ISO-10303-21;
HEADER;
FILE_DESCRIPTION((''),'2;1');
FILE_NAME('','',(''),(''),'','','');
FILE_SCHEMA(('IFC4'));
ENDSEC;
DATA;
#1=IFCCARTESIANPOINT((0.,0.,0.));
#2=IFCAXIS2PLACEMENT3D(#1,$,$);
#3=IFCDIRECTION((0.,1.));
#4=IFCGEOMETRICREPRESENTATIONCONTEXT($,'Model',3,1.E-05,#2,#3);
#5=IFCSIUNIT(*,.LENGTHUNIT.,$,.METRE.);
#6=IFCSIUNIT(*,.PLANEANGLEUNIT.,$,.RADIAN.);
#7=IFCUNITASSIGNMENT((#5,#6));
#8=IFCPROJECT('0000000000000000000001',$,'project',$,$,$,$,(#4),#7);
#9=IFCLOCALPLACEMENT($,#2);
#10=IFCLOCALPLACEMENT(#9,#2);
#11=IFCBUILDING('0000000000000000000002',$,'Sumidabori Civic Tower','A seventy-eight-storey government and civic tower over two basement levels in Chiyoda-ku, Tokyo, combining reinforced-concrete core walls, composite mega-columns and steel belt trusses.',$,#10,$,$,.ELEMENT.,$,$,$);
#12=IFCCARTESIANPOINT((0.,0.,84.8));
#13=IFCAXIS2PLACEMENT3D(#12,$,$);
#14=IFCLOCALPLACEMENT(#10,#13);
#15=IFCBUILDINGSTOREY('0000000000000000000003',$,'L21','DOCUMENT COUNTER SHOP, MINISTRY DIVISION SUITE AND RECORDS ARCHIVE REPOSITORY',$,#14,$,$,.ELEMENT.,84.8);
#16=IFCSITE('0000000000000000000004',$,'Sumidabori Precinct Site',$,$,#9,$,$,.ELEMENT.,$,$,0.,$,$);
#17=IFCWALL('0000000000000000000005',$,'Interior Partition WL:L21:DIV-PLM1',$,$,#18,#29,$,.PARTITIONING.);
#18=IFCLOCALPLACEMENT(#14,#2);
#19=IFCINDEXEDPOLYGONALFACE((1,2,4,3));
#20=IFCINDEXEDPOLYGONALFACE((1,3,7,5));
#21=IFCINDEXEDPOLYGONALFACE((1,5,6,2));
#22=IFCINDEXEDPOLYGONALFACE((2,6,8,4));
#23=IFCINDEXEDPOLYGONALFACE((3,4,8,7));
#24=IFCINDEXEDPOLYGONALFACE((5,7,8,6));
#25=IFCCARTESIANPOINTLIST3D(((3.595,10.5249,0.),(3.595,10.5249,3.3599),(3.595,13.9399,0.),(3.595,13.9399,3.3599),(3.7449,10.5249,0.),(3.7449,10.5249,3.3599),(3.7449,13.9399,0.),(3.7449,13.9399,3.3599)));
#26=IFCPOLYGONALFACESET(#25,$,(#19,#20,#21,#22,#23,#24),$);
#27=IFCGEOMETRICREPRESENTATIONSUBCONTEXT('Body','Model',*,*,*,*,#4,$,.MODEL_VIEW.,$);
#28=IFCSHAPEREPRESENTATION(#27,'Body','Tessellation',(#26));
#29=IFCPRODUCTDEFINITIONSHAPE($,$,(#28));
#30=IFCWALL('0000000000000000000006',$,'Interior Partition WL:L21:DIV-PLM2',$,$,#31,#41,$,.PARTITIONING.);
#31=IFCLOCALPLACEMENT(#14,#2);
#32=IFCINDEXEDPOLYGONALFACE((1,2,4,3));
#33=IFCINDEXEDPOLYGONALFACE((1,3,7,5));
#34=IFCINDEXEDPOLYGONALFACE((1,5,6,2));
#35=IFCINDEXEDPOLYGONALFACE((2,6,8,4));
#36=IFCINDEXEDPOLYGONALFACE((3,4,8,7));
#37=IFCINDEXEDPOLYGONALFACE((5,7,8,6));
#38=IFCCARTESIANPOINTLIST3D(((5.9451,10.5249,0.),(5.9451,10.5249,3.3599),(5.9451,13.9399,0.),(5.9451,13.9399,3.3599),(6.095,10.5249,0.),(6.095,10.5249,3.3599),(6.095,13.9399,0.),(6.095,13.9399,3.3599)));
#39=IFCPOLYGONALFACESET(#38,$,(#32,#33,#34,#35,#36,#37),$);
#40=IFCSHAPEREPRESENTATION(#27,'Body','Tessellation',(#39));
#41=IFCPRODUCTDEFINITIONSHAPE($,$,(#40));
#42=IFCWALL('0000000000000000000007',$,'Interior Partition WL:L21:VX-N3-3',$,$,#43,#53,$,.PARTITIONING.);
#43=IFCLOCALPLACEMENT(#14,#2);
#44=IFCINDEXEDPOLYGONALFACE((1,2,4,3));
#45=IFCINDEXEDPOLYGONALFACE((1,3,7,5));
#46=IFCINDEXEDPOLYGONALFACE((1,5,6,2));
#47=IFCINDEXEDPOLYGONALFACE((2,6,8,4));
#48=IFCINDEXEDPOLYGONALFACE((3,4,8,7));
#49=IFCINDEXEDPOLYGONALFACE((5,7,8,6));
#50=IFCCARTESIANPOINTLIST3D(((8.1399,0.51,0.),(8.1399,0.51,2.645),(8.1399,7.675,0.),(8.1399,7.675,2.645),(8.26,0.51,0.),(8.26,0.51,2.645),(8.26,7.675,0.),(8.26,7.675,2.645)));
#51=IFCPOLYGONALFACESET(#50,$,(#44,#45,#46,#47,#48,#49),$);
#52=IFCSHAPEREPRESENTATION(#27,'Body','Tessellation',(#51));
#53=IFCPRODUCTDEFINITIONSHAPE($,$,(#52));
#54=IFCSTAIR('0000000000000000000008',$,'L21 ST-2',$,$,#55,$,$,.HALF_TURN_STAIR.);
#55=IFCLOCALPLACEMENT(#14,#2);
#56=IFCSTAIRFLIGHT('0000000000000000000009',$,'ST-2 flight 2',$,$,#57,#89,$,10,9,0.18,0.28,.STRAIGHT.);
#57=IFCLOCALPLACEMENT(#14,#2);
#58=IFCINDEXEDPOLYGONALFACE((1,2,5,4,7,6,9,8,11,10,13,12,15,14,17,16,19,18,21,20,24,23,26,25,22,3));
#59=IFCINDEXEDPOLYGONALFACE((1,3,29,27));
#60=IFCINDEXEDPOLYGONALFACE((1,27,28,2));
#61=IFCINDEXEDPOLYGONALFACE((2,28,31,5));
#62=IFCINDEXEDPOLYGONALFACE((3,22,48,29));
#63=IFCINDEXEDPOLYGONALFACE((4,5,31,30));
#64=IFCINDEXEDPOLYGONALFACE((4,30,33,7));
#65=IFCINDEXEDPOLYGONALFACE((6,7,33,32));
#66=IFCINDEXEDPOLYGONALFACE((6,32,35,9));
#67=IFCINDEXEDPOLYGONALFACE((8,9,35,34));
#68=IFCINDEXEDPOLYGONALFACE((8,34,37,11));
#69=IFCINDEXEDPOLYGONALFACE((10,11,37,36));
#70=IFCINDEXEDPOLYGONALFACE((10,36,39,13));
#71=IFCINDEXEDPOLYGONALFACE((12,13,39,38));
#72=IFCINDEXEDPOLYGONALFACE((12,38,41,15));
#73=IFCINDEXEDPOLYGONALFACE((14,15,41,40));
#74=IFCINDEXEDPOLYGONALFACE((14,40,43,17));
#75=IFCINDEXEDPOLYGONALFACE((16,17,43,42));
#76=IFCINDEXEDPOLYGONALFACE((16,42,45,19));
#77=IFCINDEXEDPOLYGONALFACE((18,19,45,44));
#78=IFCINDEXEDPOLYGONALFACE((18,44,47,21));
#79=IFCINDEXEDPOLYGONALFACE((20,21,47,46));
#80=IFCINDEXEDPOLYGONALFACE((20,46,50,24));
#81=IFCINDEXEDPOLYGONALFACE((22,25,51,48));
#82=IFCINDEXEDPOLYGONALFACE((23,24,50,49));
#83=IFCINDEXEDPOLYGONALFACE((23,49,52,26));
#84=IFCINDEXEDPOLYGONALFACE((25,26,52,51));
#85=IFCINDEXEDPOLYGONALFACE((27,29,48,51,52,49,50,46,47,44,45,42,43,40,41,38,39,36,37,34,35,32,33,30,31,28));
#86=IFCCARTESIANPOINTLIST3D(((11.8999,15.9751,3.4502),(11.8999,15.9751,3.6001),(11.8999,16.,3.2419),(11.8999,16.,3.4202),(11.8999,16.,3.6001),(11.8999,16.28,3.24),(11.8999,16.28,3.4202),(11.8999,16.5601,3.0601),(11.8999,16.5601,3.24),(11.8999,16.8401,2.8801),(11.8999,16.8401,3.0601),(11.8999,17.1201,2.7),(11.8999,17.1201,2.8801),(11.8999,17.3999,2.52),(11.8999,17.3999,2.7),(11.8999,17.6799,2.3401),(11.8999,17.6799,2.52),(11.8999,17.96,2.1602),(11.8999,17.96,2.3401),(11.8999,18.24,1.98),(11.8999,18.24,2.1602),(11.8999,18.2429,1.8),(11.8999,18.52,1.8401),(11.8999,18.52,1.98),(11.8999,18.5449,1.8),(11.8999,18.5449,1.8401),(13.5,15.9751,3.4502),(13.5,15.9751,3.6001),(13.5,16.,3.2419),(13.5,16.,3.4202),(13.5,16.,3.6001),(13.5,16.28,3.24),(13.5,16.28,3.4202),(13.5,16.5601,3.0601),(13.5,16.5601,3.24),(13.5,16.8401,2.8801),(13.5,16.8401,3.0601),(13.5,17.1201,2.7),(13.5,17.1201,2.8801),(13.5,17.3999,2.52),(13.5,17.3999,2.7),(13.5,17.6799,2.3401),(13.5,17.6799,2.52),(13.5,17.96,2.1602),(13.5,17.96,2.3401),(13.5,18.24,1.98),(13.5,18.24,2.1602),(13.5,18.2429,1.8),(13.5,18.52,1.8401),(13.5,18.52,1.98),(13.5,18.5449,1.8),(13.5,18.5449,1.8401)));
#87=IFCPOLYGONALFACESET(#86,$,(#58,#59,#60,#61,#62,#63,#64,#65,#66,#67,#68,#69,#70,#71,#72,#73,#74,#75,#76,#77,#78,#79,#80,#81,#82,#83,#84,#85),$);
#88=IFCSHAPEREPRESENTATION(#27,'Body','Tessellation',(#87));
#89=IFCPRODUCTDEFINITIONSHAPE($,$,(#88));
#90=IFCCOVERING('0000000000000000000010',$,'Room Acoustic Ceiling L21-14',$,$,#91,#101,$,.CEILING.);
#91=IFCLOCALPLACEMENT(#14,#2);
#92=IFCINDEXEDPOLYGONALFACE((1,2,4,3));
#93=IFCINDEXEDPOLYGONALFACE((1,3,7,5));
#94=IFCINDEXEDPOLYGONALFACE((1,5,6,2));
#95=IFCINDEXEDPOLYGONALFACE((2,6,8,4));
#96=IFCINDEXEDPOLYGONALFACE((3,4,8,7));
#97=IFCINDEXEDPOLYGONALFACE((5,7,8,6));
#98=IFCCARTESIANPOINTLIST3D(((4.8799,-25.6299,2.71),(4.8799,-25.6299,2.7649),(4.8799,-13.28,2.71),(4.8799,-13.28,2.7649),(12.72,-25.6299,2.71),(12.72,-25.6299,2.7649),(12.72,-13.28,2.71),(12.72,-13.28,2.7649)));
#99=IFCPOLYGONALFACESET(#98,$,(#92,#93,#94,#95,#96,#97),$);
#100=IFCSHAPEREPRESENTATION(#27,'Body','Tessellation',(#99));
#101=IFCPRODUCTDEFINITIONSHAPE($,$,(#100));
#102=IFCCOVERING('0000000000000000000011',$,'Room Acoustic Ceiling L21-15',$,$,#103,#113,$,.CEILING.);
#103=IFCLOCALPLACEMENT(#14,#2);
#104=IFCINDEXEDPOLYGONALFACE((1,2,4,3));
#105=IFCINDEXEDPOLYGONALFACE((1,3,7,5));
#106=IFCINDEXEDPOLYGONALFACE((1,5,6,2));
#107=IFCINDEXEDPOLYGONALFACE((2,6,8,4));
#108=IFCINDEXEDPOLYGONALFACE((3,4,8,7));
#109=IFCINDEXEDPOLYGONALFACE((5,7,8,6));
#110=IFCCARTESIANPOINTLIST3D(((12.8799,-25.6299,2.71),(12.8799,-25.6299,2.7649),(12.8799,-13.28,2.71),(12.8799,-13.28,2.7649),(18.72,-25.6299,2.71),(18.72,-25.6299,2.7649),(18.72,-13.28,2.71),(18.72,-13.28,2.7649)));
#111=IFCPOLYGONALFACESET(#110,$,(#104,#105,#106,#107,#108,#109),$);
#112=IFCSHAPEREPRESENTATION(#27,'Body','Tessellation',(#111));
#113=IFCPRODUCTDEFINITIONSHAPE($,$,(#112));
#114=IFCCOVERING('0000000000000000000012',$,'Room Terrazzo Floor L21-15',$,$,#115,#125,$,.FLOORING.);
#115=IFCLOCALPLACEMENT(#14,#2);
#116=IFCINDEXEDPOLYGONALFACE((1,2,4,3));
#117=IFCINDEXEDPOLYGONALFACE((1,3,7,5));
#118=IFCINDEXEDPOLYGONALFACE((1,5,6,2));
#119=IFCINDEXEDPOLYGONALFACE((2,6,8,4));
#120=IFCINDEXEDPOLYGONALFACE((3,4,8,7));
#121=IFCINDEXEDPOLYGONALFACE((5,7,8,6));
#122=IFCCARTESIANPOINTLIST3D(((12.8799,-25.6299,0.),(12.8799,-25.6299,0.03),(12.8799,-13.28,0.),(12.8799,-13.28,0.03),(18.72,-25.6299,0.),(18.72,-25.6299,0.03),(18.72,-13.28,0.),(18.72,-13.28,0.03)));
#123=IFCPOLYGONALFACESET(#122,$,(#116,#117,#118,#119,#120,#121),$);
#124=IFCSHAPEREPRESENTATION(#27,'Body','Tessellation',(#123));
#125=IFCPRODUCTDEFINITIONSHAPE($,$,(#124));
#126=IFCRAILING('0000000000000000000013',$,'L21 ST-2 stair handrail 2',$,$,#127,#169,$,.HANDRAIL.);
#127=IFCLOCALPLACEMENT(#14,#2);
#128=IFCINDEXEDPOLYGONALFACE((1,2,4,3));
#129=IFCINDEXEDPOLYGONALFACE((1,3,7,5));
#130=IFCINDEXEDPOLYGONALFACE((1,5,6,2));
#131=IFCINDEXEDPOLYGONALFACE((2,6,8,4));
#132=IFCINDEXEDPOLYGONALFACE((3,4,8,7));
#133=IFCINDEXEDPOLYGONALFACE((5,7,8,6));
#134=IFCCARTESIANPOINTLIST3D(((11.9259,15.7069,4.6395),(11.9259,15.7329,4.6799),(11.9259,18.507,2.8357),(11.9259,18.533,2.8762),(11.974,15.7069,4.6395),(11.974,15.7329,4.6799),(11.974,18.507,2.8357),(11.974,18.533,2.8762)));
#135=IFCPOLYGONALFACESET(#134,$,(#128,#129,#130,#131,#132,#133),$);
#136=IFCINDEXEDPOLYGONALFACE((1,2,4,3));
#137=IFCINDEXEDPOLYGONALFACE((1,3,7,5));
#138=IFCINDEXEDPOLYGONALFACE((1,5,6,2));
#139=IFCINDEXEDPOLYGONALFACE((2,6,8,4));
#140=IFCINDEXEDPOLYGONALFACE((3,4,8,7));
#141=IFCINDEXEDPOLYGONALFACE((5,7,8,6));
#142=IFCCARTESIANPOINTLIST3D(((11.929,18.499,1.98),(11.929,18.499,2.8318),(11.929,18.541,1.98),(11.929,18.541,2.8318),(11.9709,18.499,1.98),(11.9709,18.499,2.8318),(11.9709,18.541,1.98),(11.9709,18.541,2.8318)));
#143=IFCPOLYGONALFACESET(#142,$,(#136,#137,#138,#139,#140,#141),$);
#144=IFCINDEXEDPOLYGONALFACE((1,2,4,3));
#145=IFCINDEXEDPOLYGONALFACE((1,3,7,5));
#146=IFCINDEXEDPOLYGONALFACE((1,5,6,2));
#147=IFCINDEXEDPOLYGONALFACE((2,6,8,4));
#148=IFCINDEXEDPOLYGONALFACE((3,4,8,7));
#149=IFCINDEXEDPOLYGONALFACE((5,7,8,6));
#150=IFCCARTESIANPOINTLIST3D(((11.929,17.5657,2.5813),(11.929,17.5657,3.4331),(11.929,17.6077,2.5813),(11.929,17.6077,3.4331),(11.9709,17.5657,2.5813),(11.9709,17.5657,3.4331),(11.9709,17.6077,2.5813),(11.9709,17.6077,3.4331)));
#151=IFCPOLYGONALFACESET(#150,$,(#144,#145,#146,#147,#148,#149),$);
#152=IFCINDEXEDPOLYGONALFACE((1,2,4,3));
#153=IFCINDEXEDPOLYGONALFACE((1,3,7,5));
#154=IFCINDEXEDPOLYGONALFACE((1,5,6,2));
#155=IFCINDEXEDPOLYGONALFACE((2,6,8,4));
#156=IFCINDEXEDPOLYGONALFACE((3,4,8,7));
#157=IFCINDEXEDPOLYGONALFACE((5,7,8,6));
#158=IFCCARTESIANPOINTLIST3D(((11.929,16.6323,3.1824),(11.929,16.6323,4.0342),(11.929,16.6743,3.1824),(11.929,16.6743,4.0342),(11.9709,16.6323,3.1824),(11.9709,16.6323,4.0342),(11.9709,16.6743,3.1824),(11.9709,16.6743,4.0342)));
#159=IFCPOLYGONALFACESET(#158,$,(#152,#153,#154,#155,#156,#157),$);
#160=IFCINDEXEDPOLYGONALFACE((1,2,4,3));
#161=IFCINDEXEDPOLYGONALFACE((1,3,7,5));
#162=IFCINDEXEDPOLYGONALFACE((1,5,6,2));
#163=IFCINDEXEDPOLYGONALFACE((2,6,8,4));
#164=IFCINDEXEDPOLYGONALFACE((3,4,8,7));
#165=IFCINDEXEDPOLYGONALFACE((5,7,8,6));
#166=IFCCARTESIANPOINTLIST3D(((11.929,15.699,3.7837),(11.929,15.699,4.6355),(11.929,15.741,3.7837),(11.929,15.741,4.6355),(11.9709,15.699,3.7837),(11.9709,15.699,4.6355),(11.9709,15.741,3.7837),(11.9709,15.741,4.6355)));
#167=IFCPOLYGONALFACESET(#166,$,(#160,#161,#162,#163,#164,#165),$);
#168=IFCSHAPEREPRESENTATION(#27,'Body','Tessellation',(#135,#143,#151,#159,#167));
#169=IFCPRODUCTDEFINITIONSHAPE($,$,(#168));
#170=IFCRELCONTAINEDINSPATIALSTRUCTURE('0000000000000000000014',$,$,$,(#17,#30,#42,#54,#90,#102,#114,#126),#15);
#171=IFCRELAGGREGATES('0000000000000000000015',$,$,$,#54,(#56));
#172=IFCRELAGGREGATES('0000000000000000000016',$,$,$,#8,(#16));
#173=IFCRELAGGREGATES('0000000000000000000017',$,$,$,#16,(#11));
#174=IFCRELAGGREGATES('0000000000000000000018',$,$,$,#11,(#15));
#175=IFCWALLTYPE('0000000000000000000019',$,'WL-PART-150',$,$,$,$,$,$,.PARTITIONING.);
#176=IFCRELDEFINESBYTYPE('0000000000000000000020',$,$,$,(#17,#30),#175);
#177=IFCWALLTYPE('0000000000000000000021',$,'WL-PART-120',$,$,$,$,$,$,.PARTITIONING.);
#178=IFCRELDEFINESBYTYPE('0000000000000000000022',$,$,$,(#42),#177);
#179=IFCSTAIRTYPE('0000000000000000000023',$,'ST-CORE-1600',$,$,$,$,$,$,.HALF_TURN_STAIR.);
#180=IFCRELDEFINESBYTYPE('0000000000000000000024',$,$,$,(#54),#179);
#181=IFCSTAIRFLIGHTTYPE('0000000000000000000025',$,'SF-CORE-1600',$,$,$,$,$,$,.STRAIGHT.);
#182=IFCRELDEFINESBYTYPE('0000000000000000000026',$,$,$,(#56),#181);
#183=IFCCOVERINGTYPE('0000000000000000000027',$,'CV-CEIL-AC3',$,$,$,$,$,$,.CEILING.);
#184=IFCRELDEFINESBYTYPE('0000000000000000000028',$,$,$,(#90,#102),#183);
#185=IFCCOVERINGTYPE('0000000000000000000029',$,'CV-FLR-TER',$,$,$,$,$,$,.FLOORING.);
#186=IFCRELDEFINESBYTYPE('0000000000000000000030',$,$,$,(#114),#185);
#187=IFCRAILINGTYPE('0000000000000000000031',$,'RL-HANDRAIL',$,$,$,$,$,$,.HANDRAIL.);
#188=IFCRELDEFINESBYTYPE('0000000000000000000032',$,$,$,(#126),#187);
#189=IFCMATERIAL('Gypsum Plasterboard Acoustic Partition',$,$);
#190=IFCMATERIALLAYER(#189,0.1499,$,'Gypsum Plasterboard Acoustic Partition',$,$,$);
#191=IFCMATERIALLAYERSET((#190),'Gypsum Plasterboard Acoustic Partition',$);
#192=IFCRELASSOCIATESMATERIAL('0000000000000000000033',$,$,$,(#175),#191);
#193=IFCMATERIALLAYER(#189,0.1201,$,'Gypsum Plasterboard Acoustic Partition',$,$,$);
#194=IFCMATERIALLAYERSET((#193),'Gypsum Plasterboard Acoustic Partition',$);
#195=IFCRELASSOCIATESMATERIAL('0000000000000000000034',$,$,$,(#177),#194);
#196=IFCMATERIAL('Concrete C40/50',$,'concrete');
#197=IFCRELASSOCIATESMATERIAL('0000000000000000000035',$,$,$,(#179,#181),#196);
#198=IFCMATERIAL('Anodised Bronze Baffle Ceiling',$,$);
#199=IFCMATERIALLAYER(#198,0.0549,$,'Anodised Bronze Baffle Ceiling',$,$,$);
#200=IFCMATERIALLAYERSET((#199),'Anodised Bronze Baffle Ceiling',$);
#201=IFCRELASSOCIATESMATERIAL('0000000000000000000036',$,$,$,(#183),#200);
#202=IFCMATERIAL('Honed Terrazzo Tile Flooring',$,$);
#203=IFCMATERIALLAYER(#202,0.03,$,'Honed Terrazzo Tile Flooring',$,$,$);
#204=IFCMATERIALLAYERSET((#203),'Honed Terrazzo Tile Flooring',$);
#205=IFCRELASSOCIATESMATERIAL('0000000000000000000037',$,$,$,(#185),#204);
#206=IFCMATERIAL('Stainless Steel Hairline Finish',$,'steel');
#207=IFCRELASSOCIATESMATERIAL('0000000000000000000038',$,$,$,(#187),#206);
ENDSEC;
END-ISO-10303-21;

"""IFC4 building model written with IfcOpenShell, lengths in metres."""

from ifc_helpers import new_model, si_unit, direction, frame, frame_2d, origin, origin_2d, place, context, subcontext, project, spatial, polyline, rectangle, outline, extrude, source, transform, mapped, material, layer, layer_set, type_object, element, aggregate, save


model = new_model("IFC4")

# Units and contexts
model_context = context("Model", 3, precision=1e-05, world=origin(), true_north=direction((0.0, 1.0)))
body_context = subcontext(model_context, "Body", "Model", "MODEL_VIEW")
ifc_project = project(units=[si_unit("LENGTHUNIT", "METRE"), si_unit("PLANEANGLEUNIT", "RADIAN")], contexts=[model_context])

# Site, building, storey
site_placement = place(None, origin())
site = spatial("IfcSite", under=ifc_project, at=site_placement, Name="Sumidabori Precinct Site", CompositionType="ELEMENT", RefElevation=0.0)
building_placement = place(site_placement, origin())
building = spatial("IfcBuilding", under=site, at=building_placement, Name="Sumidabori Civic Tower", Description="A seventy-eight-storey government and civic tower over two basement levels in Chiyoda-ku, Tokyo, combining reinforced-concrete core walls, composite mega-columns and steel belt trusses.", CompositionType="ELEMENT")
storey_placement = place(building_placement, frame((0.0, 0.0, 84.8)))
storey = spatial("IfcBuildingStorey", under=building, at=storey_placement, Name="L21", Description="DOCUMENT COUNTER SHOP, MINISTRY DIVISION SUITE AND RECORDS ARCHIVE REPOSITORY", CompositionType="ELEMENT", Elevation=84.8)

# Shared definitions
ifc_material_1 = material(Name="Stainless Steel Hairline Finish", Category="steel")

# Shared definitions
ifc_material_2 = material(Name="Gypsum Plasterboard Acoustic Partition")
ifc_layer_1 = layer(ifc_material_2, 0.1499, Name="Gypsum Plasterboard Acoustic Partition")
ifc_layer_set_1 = layer_set([ifc_layer_1], Name="Gypsum Plasterboard Acoustic Partition")
wall_type_1 = type_object("IfcWallType", Name="WL-PART-150", PredefinedType="PARTITIONING", material=ifc_layer_set_1)

# Walls
shared_shape_1 = source(origin(), body_context, "Body", "SweptSolid", [
    extrude(rectangle(XDim=3.415, YDim=0.1499, at=frame_2d((1.7075, 0.0))), origin(), (0.0, 0.0, 1.0), 3.3599),
])
for number, where, z_axis, x_axis, name in (
    (1, (3.6699, 10.5249, 0.0), (0.0, 0.0, 1.0), (0.0, 1.0, 0.0), "Interior Partition WL:L21:DIV-PLM1"),
    (2, (6.02, 10.5249, 0.0), (0.0, 0.0, 1.0), (0.0, 1.0, 0.0), "Interior Partition WL:L21:DIV-PLM2"),
):
    element("IfcWall", number, at=place(storey_placement, frame(where, z_axis=z_axis, x_axis=x_axis)), inside=storey, type_object=wall_type_1, Name=name, PredefinedType="PARTITIONING", context=body_context, shape_type="MappedRepresentation", body=[
        mapped(shared_shape_1, transform((0.0, 0.0, 0.0), x_axis=(1.0, 0.0, 0.0), y_axis=(0.0, 1.0, 0.0), z_axis=(0.0, 0.0, 1.0), scale=1.0)),
    ])
ifc_layer_2 = layer(ifc_material_2, 0.1201, Name="Gypsum Plasterboard Acoustic Partition")
ifc_layer_set_2 = layer_set([ifc_layer_2], Name="Gypsum Plasterboard Acoustic Partition")
wall_type_2 = type_object("IfcWallType", Name="WL-PART-120", PredefinedType="PARTITIONING", material=ifc_layer_set_2)
shared_shape_2 = source(origin(), body_context, "Body", "SweptSolid", [
    extrude(rectangle(XDim=7.165, YDim=0.1201, at=frame_2d((3.5825, 0.0))), origin(), (0.0, 0.0, 1.0), 2.645),
])
wall_1_placement = place(storey_placement, frame((8.2, 0.51, 0.0), z_axis=(0.0, 0.0, 1.0), x_axis=(0.0, 1.0, 0.0)))
element("IfcWall", 3, at=wall_1_placement, inside=storey, type_object=wall_type_2, Name="Interior Partition WL:L21:VX-N3-3", PredefinedType="PARTITIONING", context=body_context, shape_type="MappedRepresentation", body=[
    mapped(shared_shape_2, transform((0.0, 0.0, 0.0), x_axis=(1.0, 0.0, 0.0), y_axis=(0.0, 1.0, 0.0), z_axis=(0.0, 0.0, 1.0), scale=1.0)),
])

# Stair, stair flight
ifc_material_3 = material(Name="Concrete C40/50", Category="concrete")
stair_type = type_object("IfcStairType", Name="ST-CORE-1600", PredefinedType="HALF_TURN_STAIR", material=ifc_material_3)
stair_placement = place(storey_placement, origin())
stair = element("IfcStair", 4, at=stair_placement, inside=storey, type_object=stair_type, Name="L21 ST-2", PredefinedType="HALF_TURN_STAIR")
stair_flight_type = type_object("IfcStairFlightType", Name="SF-CORE-1600", PredefinedType="STRAIGHT", material=ifc_material_3)
shared_shape_3 = source(origin(), body_context, "Body", "SweptSolid", [
    extrude(outline(polyline([(-0.0249, 0.0), (-0.0249, 0.04), (0.0, 0.04), (0.0, 0.1799), (0.28, 0.1799), (0.28, 0.3601), (0.5601, 0.3601), (0.5601, 0.54), (0.8401, 0.54), (0.8401, 0.72), (1.1201, 0.72), (1.1201, 0.8999), (1.3999, 0.8999), (1.3999, 1.0801), (1.6799, 1.0801), (1.6799, 1.26), (1.96, 1.26), (1.96, 1.4399), (2.24, 1.4399), (2.24, 1.6201), (2.52, 1.6201), (2.52, 1.8), (2.5449, 1.8), (2.5449, 1.6501), (2.52, 1.4419), (0.2771, 0.0), (-0.0249, 0.0)])), frame((0.0, 0.8, 0.0), z_axis=(0.0, -1.0, 0.0), x_axis=(1.0, 0.0, 0.0)), (0.0, 0.0, 1.0), 1.6001),
])
stair_flight_placement = place(storey_placement, frame((12.7, 18.52, 1.8), z_axis=(0.0, 0.0, 1.0), x_axis=(0.0, -1.0, 0.0)))
stair_flight = element("IfcStairFlight", 5, at=stair_flight_placement, type_object=stair_flight_type, Name="ST-2 flight 2", NumberOfRisers=10, NumberOfTreads=9, PredefinedType="STRAIGHT", RiserHeight=0.18, TreadLength=0.28, context=body_context, shape_type="MappedRepresentation", body=[
    mapped(shared_shape_3, transform((0.0, 0.0, 0.0), x_axis=(1.0, 0.0, 0.0), y_axis=(0.0, 1.0, 0.0), z_axis=(0.0, 0.0, 1.0), scale=1.0)),
])
aggregate(stair, [stair_flight])

# Coverings
ifc_material_4 = material(Name="Anodised Bronze Baffle Ceiling")
ifc_layer_3 = layer(ifc_material_4, 0.0549, Name="Anodised Bronze Baffle Ceiling")
ifc_layer_set_3 = layer_set([ifc_layer_3], Name="Anodised Bronze Baffle Ceiling")
covering_type_1 = type_object("IfcCoveringType", Name="CV-CEIL-AC3", PredefinedType="CEILING", material=ifc_layer_set_3)
covering_1_placement = place(storey_placement, frame((0.0, 0.0, 2.71)))
element("IfcCovering", 6, at=covering_1_placement, inside=storey, type_object=covering_type_1, Name="Room Acoustic Ceiling L21-14", PredefinedType="CEILING", context=body_context, shape_type="SweptSolid", body=[
    extrude(outline(polyline([(4.8799, -13.28), (12.72, -13.28), (12.72, -25.6299), (4.8799, -25.6299), (4.8799, -13.28)])), origin(), (0.0, 0.0, 1.0), 0.0549),
])
covering_2_placement = place(storey_placement, frame((0.0, 0.0, 2.71)))
element("IfcCovering", 7, at=covering_2_placement, inside=storey, type_object=covering_type_1, Name="Room Acoustic Ceiling L21-15", PredefinedType="CEILING", context=body_context, shape_type="SweptSolid", body=[
    extrude(outline(polyline([(12.8799, -13.28), (18.72, -13.28), (18.72, -25.6299), (12.8799, -25.6299), (12.8799, -13.28)])), origin(), (0.0, 0.0, 1.0), 0.0549),
])
ifc_material_5 = material(Name="Honed Terrazzo Tile Flooring")
ifc_layer_4 = layer(ifc_material_5, 0.03, Name="Honed Terrazzo Tile Flooring")
ifc_layer_set_4 = layer_set([ifc_layer_4], Name="Honed Terrazzo Tile Flooring")
covering_type_2 = type_object("IfcCoveringType", Name="CV-FLR-TER", PredefinedType="FLOORING", material=ifc_layer_set_4)
covering_3_placement = place(storey_placement, origin())
element("IfcCovering", 8, at=covering_3_placement, inside=storey, type_object=covering_type_2, Name="Room Terrazzo Floor L21-15", PredefinedType="FLOORING", context=body_context, shape_type="SweptSolid", body=[
    extrude(outline(polyline([(12.8799, -13.28), (18.72, -13.28), (18.72, -25.6299), (12.8799, -25.6299), (12.8799, -13.28)])), origin(), (0.0, 0.0, 1.0), 0.03),
])

# Railing
railing_type = type_object("IfcRailingType", Name="RL-HANDRAIL", PredefinedType="HANDRAIL", material=ifc_material_1)
railing_placement = place(storey_placement, frame((11.95, 18.52, 1.98)))
element("IfcRailing", 9, at=railing_placement, inside=storey, type_object=railing_type, Name="L21 ST-2 stair handrail 2", PredefinedType="HANDRAIL", context=body_context, shape_type="SweptSolid", body=[
    extrude(rectangle(XDim=0.0481, YDim=0.0481, at=origin_2d()), frame((0.0, 0.0, 0.876), z_axis=(0.0, -0.840676, 0.541539), x_axis=(1.0, 0.0, 0.0)), (0.0, 0.0, 1.0), 3.3308),
    extrude(rectangle(XDim=0.042, YDim=0.042, at=origin_2d()), origin(), (0.0, 0.0, 1.0), 0.8518),
    extrude(rectangle(XDim=0.042, YDim=0.042, at=origin_2d()), frame((0.0, -0.9333, 0.6013)), (0.0, 0.0, 1.0), 0.8518),
    extrude(rectangle(XDim=0.042, YDim=0.042, at=origin_2d()), frame((0.0, -1.8667, 1.2024)), (0.0, 0.0, 1.0), 0.8518),
    extrude(rectangle(XDim=0.042, YDim=0.042, at=origin_2d()), frame((0.0, -2.8, 1.8037)), (0.0, 0.0, 1.0), 0.8518),
])

save(model, "model.ifc")
